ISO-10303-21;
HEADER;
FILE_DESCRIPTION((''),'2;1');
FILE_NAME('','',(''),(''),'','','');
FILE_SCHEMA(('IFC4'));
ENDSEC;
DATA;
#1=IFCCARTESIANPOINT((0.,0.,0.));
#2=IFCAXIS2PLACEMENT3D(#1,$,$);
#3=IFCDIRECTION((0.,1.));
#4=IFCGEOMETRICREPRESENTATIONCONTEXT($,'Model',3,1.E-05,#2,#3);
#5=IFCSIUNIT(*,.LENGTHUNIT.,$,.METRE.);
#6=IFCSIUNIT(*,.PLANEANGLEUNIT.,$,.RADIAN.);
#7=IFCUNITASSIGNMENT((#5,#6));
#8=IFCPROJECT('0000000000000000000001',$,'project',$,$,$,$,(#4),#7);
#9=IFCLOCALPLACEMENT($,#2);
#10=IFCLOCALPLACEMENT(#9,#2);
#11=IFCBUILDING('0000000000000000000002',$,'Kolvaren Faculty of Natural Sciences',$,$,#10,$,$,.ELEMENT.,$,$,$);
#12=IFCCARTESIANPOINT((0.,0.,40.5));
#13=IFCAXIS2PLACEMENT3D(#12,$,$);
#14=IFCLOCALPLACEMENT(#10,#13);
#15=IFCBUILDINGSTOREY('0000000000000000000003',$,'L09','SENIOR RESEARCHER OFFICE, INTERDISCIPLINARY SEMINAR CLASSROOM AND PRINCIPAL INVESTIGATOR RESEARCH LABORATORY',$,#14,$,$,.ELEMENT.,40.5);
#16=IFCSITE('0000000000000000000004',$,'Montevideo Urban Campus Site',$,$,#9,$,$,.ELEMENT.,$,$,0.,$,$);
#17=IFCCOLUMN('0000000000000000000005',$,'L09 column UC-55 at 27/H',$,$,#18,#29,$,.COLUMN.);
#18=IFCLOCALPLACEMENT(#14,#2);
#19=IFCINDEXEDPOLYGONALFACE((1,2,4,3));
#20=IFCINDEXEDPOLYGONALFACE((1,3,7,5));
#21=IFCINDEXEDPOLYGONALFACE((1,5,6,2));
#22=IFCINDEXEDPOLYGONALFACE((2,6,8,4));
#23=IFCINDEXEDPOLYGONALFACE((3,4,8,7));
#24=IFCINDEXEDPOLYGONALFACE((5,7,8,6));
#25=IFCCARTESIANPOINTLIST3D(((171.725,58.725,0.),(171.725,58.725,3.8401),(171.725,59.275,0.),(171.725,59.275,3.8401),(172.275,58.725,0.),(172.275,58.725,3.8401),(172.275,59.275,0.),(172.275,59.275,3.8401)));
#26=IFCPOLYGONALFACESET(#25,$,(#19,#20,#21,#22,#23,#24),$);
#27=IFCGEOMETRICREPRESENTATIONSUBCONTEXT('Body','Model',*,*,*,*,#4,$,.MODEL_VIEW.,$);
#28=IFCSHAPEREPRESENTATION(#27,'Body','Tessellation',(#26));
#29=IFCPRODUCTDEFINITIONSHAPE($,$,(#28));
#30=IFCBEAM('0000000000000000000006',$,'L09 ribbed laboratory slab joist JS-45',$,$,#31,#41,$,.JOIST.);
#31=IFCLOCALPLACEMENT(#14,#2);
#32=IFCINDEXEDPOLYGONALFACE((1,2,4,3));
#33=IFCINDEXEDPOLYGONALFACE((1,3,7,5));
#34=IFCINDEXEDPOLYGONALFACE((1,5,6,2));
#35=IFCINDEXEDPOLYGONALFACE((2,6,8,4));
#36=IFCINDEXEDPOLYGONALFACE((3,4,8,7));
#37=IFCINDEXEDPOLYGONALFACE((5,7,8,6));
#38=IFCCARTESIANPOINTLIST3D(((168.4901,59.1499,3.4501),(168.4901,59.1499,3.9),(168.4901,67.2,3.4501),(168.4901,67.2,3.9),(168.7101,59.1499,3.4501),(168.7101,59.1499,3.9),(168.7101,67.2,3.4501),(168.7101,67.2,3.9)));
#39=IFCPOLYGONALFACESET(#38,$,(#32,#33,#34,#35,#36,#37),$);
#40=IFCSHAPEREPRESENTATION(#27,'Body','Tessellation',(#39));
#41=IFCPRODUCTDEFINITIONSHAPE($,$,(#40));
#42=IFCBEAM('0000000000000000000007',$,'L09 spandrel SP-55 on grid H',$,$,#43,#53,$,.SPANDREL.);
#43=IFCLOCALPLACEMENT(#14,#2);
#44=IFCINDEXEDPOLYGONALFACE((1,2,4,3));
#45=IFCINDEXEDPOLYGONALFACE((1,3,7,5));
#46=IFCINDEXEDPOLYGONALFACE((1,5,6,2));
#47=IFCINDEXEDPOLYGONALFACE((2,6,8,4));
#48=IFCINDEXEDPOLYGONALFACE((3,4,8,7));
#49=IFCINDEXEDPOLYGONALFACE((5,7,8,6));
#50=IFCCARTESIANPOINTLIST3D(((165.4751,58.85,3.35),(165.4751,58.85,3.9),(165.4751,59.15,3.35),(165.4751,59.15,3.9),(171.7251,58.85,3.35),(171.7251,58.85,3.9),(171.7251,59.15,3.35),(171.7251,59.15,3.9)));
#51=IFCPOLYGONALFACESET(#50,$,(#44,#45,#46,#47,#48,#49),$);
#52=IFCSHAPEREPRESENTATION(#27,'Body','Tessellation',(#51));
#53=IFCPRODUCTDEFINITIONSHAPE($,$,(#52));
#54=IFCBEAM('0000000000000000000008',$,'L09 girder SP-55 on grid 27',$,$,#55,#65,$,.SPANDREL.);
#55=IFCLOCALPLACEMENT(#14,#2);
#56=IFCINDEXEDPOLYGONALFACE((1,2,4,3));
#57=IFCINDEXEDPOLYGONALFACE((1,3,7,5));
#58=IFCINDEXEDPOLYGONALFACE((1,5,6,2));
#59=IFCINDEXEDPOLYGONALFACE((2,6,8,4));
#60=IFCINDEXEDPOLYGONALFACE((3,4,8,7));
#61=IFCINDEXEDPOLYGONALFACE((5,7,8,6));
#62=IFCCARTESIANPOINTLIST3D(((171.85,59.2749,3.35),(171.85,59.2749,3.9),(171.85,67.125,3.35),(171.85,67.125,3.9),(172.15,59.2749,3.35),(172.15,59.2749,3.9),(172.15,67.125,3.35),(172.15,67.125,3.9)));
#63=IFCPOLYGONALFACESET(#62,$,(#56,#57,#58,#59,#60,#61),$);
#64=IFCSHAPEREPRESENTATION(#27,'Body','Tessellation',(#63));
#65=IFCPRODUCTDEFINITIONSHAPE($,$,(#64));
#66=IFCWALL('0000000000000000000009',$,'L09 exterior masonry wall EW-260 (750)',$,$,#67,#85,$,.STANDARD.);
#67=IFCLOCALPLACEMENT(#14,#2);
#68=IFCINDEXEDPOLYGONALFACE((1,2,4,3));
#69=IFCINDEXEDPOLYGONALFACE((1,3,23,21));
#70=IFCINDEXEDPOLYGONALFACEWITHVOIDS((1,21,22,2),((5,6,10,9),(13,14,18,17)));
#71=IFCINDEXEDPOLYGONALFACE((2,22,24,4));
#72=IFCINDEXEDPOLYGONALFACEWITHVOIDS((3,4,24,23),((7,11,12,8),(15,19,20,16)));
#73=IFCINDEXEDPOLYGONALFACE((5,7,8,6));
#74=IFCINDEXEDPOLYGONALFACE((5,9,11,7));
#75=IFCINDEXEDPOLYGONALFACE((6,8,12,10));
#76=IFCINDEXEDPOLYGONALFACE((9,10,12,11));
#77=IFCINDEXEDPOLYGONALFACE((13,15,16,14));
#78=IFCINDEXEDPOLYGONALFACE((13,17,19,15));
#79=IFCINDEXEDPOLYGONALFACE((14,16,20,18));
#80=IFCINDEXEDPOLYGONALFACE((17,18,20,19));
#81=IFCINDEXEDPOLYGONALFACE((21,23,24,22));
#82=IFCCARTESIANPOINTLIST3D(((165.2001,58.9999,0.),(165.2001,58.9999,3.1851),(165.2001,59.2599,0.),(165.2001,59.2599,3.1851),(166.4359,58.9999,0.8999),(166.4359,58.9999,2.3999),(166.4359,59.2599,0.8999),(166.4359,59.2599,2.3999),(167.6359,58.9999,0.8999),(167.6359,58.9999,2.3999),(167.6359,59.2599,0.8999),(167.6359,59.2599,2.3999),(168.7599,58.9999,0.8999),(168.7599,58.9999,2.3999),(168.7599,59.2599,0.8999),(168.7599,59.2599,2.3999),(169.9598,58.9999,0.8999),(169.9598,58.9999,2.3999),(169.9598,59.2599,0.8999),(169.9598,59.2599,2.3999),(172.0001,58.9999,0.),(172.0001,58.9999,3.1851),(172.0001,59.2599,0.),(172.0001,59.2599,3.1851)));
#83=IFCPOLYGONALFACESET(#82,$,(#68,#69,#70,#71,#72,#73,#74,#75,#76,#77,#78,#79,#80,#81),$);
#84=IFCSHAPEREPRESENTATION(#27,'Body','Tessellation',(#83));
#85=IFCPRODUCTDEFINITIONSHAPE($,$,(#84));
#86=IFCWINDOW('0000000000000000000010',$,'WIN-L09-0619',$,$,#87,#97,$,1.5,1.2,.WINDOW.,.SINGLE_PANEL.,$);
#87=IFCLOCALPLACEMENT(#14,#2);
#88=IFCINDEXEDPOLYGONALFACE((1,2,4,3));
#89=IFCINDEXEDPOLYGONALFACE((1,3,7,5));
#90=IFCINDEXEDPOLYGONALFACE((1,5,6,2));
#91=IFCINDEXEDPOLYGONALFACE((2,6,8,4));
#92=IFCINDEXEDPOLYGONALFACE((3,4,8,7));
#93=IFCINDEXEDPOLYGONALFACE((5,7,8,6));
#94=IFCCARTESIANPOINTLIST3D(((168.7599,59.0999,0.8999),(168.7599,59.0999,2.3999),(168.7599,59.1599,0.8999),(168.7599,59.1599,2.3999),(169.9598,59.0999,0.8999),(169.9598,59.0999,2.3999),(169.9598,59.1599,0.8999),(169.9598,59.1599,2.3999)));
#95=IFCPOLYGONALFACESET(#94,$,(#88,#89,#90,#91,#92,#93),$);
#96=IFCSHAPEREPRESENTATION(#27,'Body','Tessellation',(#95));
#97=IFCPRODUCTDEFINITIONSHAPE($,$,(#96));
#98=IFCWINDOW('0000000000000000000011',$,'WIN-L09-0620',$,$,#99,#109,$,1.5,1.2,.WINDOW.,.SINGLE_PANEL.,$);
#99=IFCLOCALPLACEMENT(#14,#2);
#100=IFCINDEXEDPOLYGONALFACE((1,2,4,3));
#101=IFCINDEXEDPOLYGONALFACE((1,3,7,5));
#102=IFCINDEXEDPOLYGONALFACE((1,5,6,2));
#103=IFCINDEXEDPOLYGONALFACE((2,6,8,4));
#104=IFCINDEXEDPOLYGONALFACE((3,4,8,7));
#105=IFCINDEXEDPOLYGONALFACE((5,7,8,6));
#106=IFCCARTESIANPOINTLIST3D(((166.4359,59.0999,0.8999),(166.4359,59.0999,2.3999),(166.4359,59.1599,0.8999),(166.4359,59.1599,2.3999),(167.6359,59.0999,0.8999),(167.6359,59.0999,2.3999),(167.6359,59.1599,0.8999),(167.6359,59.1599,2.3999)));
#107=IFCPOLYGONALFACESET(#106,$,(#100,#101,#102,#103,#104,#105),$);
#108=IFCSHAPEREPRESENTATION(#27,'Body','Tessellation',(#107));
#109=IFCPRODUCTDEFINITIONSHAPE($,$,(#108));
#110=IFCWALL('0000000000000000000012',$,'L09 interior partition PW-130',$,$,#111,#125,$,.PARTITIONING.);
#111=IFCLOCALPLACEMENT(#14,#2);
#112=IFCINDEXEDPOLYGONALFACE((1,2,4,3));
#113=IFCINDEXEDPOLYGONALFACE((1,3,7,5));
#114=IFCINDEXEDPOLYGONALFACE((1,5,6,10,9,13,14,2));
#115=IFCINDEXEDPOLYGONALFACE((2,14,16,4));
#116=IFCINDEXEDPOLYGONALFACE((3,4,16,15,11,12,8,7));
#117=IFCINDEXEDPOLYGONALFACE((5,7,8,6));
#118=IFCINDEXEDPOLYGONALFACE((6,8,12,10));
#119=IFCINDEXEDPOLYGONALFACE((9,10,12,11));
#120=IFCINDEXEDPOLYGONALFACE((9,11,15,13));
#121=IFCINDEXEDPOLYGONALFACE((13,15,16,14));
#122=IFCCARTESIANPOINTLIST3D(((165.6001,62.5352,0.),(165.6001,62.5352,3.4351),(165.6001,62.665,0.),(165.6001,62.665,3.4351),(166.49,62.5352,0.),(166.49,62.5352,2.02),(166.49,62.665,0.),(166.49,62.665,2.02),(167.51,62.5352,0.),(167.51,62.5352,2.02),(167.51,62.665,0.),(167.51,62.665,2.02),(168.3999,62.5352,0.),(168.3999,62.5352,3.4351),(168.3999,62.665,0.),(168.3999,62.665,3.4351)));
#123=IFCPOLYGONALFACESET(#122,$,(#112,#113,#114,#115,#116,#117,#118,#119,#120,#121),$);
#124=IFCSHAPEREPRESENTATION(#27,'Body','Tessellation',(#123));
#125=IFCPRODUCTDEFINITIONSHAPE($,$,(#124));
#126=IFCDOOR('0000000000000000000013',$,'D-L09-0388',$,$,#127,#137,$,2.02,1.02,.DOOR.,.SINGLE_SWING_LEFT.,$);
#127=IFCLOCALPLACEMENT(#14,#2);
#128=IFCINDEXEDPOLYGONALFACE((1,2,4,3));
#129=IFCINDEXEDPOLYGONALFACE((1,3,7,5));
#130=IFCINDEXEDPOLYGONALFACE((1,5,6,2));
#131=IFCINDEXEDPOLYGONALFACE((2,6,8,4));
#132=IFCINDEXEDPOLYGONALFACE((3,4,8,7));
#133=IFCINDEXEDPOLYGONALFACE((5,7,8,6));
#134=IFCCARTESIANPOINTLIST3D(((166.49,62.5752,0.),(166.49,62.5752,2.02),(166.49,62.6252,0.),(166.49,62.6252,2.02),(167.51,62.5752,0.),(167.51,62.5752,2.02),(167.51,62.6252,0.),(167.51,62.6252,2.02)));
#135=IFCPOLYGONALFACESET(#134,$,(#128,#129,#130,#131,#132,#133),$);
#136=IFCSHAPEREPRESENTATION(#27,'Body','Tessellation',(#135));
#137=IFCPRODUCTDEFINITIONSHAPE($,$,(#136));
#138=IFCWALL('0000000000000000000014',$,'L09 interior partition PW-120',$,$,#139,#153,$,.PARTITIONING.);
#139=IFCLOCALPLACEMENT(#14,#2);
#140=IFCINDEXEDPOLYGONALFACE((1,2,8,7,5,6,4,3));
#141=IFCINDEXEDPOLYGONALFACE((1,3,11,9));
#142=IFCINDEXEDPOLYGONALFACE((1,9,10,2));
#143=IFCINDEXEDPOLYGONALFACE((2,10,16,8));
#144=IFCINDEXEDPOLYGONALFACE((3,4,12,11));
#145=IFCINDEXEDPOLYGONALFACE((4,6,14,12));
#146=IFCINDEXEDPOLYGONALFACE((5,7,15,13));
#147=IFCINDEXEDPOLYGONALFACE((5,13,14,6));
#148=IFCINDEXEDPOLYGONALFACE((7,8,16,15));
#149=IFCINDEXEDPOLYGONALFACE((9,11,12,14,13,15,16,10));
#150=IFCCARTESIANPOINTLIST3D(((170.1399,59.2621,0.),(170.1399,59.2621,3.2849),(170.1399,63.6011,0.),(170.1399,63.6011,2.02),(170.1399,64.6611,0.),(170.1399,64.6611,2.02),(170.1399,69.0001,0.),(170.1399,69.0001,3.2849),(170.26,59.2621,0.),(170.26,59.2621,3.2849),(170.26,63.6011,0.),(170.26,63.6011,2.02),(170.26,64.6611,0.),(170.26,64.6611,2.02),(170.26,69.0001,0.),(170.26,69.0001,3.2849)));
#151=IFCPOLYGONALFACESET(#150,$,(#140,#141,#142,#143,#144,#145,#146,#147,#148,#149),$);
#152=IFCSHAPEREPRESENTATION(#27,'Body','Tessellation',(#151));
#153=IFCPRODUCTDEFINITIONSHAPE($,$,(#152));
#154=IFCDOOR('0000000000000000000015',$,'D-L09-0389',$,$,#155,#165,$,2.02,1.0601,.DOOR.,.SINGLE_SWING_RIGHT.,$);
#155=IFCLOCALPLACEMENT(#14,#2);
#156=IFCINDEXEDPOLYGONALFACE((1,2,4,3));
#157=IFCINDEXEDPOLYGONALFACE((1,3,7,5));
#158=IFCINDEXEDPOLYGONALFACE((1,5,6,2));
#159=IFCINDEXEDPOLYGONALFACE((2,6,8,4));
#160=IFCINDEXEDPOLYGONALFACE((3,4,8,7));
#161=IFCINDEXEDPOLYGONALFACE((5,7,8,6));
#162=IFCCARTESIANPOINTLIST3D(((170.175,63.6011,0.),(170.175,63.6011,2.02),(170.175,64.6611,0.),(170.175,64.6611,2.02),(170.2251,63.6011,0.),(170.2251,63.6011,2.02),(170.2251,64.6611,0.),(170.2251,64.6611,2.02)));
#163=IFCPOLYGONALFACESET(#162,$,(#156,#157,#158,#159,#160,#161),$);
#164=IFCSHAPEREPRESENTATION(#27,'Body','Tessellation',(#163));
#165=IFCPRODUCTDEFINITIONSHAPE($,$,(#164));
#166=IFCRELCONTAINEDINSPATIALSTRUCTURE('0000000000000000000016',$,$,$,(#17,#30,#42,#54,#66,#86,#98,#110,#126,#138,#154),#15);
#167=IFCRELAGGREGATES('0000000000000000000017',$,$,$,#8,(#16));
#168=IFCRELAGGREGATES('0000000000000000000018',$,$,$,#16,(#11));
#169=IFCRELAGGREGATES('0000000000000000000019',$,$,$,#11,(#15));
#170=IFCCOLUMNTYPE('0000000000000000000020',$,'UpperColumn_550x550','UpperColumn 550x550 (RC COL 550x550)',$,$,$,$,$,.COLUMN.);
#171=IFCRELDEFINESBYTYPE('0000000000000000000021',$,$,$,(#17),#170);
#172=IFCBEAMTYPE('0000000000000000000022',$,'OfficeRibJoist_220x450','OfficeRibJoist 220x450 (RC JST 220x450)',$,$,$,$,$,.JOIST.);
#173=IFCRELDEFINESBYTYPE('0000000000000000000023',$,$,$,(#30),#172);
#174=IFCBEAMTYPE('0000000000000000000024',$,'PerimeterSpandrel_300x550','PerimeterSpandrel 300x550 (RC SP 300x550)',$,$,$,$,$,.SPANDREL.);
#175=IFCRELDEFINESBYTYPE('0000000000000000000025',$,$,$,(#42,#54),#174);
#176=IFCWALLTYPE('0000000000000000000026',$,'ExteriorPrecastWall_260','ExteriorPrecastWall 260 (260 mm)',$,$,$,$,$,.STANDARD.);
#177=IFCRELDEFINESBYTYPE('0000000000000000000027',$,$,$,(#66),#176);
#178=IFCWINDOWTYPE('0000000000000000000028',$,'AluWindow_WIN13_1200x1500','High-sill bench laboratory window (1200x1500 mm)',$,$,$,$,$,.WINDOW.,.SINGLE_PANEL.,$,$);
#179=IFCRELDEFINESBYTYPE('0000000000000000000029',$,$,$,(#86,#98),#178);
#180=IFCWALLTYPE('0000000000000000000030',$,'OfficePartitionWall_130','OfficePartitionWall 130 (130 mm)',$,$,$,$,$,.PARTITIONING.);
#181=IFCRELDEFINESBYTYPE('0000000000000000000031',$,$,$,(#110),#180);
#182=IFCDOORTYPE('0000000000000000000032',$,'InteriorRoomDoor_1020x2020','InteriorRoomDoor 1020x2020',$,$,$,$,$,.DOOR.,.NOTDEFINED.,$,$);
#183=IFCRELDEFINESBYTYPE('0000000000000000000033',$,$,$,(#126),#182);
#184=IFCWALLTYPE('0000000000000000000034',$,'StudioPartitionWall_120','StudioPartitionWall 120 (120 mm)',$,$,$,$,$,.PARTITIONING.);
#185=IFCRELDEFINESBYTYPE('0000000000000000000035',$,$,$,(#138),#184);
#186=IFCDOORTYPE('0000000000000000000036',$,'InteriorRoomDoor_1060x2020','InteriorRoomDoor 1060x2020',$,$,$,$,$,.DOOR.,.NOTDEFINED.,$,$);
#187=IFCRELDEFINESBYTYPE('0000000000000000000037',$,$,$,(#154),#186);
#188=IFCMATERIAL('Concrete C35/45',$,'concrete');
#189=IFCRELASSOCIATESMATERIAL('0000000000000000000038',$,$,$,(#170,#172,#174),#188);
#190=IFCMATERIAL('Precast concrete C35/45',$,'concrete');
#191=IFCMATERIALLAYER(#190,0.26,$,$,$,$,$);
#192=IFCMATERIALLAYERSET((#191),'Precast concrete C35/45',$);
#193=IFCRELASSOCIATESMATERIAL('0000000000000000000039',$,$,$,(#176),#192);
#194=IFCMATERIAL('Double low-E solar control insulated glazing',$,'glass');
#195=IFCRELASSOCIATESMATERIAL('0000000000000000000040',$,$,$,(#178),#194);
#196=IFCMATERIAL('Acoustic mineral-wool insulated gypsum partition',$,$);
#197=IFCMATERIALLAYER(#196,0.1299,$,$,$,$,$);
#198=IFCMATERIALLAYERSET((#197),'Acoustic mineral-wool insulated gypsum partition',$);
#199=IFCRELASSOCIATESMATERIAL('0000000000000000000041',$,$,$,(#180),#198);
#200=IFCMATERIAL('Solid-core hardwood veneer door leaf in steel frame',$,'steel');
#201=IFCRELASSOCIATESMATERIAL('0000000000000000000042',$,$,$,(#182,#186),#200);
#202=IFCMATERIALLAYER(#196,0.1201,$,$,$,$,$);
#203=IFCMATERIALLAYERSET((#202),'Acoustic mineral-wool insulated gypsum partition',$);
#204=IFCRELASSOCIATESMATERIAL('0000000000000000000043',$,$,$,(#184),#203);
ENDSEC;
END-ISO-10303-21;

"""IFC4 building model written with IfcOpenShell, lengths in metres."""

from ifc_helpers import new_model, si_unit, direction, frame, frame_2d, origin, origin_2d, place, context, subcontext, project, spatial, rectangle, extrude, material, layer, layer_set, material_profile, profile_set, type_object, element, fill, save


model = new_model("IFC4")

# Units and contexts
model_context = context("Model", 3, precision=1e-05, world=origin(), true_north=direction((0.0, 1.0)))
body_context = subcontext(model_context, "Body", "Model", "MODEL_VIEW")
ifc_project = project(units=[si_unit("LENGTHUNIT", "METRE"), si_unit("PLANEANGLEUNIT", "RADIAN")], contexts=[model_context])

# Site, building, storey
site_placement = place(None, origin())
site = spatial("IfcSite", under=ifc_project, at=site_placement, Name="Montevideo Urban Campus Site", CompositionType="ELEMENT", RefElevation=0.0)
building_placement = place(site_placement, origin())
building = spatial("IfcBuilding", under=site, at=building_placement, Name="Kolvaren Faculty of Natural Sciences", CompositionType="ELEMENT")
storey_placement = place(building_placement, frame((0.0, 0.0, 40.5)))
storey = spatial("IfcBuildingStorey", under=building, at=storey_placement, Name="L09", Description="SENIOR RESEARCHER OFFICE, INTERDISCIPLINARY SEMINAR CLASSROOM AND PRINCIPAL INVESTIGATOR RESEARCH LABORATORY", CompositionType="ELEMENT", Elevation=40.5)

# Column
ifc_material_1 = material(Name="Concrete C35/45", Category="concrete")
ifc_material_profile_1 = material_profile(ifc_material_1, rectangle(XDim=0.55, YDim=0.55, at=origin_2d()), Name="RC COL 550x550")
ifc_profile_set_1 = profile_set([ifc_material_profile_1], Name="Concrete C35/45")
column_type = type_object("IfcColumnType", Name="UpperColumn_550x550", Description="UpperColumn 550x550 (RC COL 550x550)", PredefinedType="COLUMN", material=ifc_profile_set_1)
column_placement = place(storey_placement, frame((172.0, 59.0, 0.0), z_axis=(0.0, 0.0, 1.0), x_axis=(1.0, 0.0, 0.0)))
element("IfcColumn", 1, at=column_placement, inside=storey, type_object=column_type, Name="L09 column UC-55 at 27/H", PredefinedType="COLUMN", context=body_context, shape_type="SweptSolid", body=[
    extrude(rectangle(XDim=0.55, YDim=0.55, at=origin_2d()), origin(), (0.0, 0.0, 1.0), 3.8401),
])

# Beams
ifc_material_profile_2 = material_profile(ifc_material_1, rectangle(XDim=0.22, YDim=0.45, at=origin_2d()), Name="RC JST 220x450")
ifc_profile_set_2 = profile_set([ifc_material_profile_2], Name="Concrete C35/45")
beam_type_1 = type_object("IfcBeamType", Name="OfficeRibJoist_220x450", Description="OfficeRibJoist 220x450 (RC JST 220x450)", PredefinedType="JOIST", material=ifc_profile_set_2)
beam_1_placement = place(storey_placement, frame((168.6001, 59.1499, 3.675), z_axis=(0.0, 1.0, 0.0), x_axis=(-1.0, 0.0, 0.0)))
element("IfcBeam", 2, at=beam_1_placement, inside=storey, type_object=beam_type_1, Name="L09 ribbed laboratory slab joist JS-45", PredefinedType="JOIST", context=body_context, shape_type="SweptSolid", body=[
    extrude(rectangle(XDim=0.22, YDim=0.45, at=origin_2d()), origin(), (0.0, 0.0, 1.0), 8.05),
])
ifc_material_profile_3 = material_profile(ifc_material_1, rectangle(XDim=0.3, YDim=0.55, at=origin_2d()), Name="RC SP 300x550")
ifc_profile_set_3 = profile_set([ifc_material_profile_3], Name="Concrete C35/45")
beam_type_2 = type_object("IfcBeamType", Name="PerimeterSpandrel_300x550", Description="PerimeterSpandrel 300x550 (RC SP 300x550)", PredefinedType="SPANDREL", material=ifc_profile_set_3)
beam_2_placement = place(storey_placement, frame((165.4751, 59.0, 3.625), z_axis=(1.0, 0.0, 0.0), x_axis=(0.0, 1.0, 0.0)))
element("IfcBeam", 3, at=beam_2_placement, inside=storey, type_object=beam_type_2, Name="L09 spandrel SP-55 on grid H", PredefinedType="SPANDREL", context=body_context, shape_type="SweptSolid", body=[
    extrude(rectangle(XDim=0.3, YDim=0.55, at=origin_2d()), origin(), (0.0, 0.0, 1.0), 6.25),
])
beam_3_placement = place(storey_placement, frame((172.0, 59.2749, 3.625), z_axis=(0.0, 1.0, 0.0), x_axis=(-1.0, 0.0, 0.0)))
element("IfcBeam", 4, at=beam_3_placement, inside=storey, type_object=beam_type_2, Name="L09 girder SP-55 on grid 27", PredefinedType="SPANDREL", context=body_context, shape_type="SweptSolid", body=[
    extrude(rectangle(XDim=0.3, YDim=0.55, at=origin_2d()), origin(), (0.0, 0.0, 1.0), 7.8501),
])

# Wall, openings, windows
ifc_material_2 = material(Name="Precast concrete C35/45", Category="concrete")
ifc_layer_1 = layer(ifc_material_2, 0.26)
ifc_layer_set_1 = layer_set([ifc_layer_1], Name="Precast concrete C35/45")
wall_type_1 = type_object("IfcWallType", Name="ExteriorPrecastWall_260", Description="ExteriorPrecastWall 260 (260 mm)", PredefinedType="STANDARD", material=ifc_layer_set_1)
wall_1_placement = place(storey_placement, frame((172.0, 59.1299, 0.0), z_axis=(0.0, 0.0, 1.0), x_axis=(-1.0, 0.0, 0.0)))
wall_1 = element("IfcWall", 5, at=wall_1_placement, inside=storey, type_object=wall_type_1, Name="L09 exterior masonry wall EW-260 (750)", PredefinedType="STANDARD", context=body_context, shape_type="SweptSolid", body=[
    extrude(rectangle(XDim=6.8, YDim=0.26, at=frame_2d((3.3999, 0.0))), origin(), (0.0, 0.0, 1.0), 3.1851),
])
opening_1_placement = place(wall_1_placement, frame((2.04, 0.0, 0.8999)))
opening_1 = element("IfcOpeningElement", 6, at=opening_1_placement, cuts=wall_1, PredefinedType="OPENING", context=body_context, shape_type="SweptSolid", body=[
    extrude(rectangle(XDim=1.2, YDim=1.5, at=frame_2d((0.6001, 0.75))), frame((0.0, 0.1399, 0.0), z_axis=(0.0, -1.0, 0.0), x_axis=(1.0, 0.0, 0.0)), (0.0, 0.0, 1.0), 0.28),
])
opening_2_placement = place(wall_1_placement, frame((4.364, 0.0, 0.8999)))
opening_2 = element("IfcOpeningElement", 7, at=opening_2_placement, cuts=wall_1, PredefinedType="OPENING", context=body_context, shape_type="SweptSolid", body=[
    extrude(rectangle(XDim=1.2, YDim=1.5, at=frame_2d((0.6001, 0.75))), frame((0.0, 0.1399, 0.0), z_axis=(0.0, -1.0, 0.0), x_axis=(1.0, 0.0, 0.0)), (0.0, 0.0, 1.0), 0.28),
])
ifc_material_3 = material(Name="Double low-E solar control insulated glazing", Category="glass")
window_type = type_object("IfcWindowType", Name="AluWindow_WIN13_1200x1500", Description="High-sill bench laboratory window (1200x1500 mm)", PartitioningType="SINGLE_PANEL", PredefinedType="WINDOW", material=ifc_material_3)
window_1_placement = place(opening_1_placement, origin())
window_1 = element("IfcWindow", 8, at=window_1_placement, inside=storey, type_object=window_type, Name="WIN-L09-0619", OverallHeight=1.5, OverallWidth=1.2, PartitioningType="SINGLE_PANEL", PredefinedType="WINDOW", context=body_context, shape_type="SweptSolid", body=[
    extrude(rectangle(XDim=1.2, YDim=1.5, at=frame_2d((0.6001, 0.75))), frame((0.0, 0.03, 0.0), z_axis=(0.0, -1.0, 0.0), x_axis=(1.0, 0.0, 0.0)), (0.0, 0.0, 1.0), 0.0601),
])
fill(opening_1, window_1)
window_2_placement = place(opening_2_placement, origin())
window_2 = element("IfcWindow", 9, at=window_2_placement, inside=storey, type_object=window_type, Name="WIN-L09-0620", OverallHeight=1.5, OverallWidth=1.2, PartitioningType="SINGLE_PANEL", PredefinedType="WINDOW", context=body_context, shape_type="SweptSolid", body=[
    extrude(rectangle(XDim=1.2, YDim=1.5, at=frame_2d((0.6001, 0.75))), frame((0.0, 0.03, 0.0), z_axis=(0.0, -1.0, 0.0), x_axis=(1.0, 0.0, 0.0)), (0.0, 0.0, 1.0), 0.0601),
])
fill(opening_2, window_2)

# Walls, openings, doors
ifc_material_4 = material(Name="Acoustic mineral-wool insulated gypsum partition")
ifc_layer_2 = layer(ifc_material_4, 0.1299)
ifc_layer_set_2 = layer_set([ifc_layer_2], Name="Acoustic mineral-wool insulated gypsum partition")
wall_type_2 = type_object("IfcWallType", Name="OfficePartitionWall_130", Description="OfficePartitionWall 130 (130 mm)", PredefinedType="PARTITIONING", material=ifc_layer_set_2)
wall_2_placement = place(storey_placement, frame((168.3999, 62.6001, 0.0), z_axis=(0.0, 0.0, 1.0), x_axis=(-1.0, 0.0, 0.0)))
wall_2 = element("IfcWall", 10, at=wall_2_placement, inside=storey, type_object=wall_type_2, Name="L09 interior partition PW-130", PredefinedType="PARTITIONING", context=body_context, shape_type="SweptSolid", body=[
    extrude(rectangle(XDim=2.7998, YDim=0.1299, at=frame_2d((1.3999, 0.0))), origin(), (0.0, 0.0, 1.0), 3.4351),
])
opening_3_placement = place(wall_2_placement, frame((0.8899, 0.0, 0.0)))
opening_3 = element("IfcOpeningElement", 11, at=opening_3_placement, cuts=wall_2, PredefinedType="OPENING", context=body_context, shape_type="SweptSolid", body=[
    extrude(rectangle(XDim=1.02, YDim=2.02, at=frame_2d((0.51, 1.01))), frame((0.0, 0.075, 0.0), z_axis=(0.0, -1.0, 0.0), x_axis=(1.0, 0.0, 0.0)), (0.0, 0.0, 1.0), 0.1499),
])
ifc_material_5 = material(Name="Solid-core hardwood veneer door leaf in steel frame", Category="steel")
door_type_1 = type_object("IfcDoorType", Name="InteriorRoomDoor_1020x2020", Description="InteriorRoomDoor 1020x2020", OperationType="NOTDEFINED", PredefinedType="DOOR", material=ifc_material_5)
door_1_placement = place(opening_3_placement, origin())
door_1 = element("IfcDoor", 12, at=door_1_placement, inside=storey, type_object=door_type_1, Name="D-L09-0388", OperationType="SINGLE_SWING_LEFT", OverallHeight=2.02, OverallWidth=1.02, PredefinedType="DOOR", context=body_context, shape_type="SweptSolid", body=[
    extrude(rectangle(XDim=1.02, YDim=2.02, at=frame_2d((0.51, 1.01))), frame((0.0, 0.0249, 0.0), z_axis=(0.0, -1.0, 0.0), x_axis=(1.0, 0.0, 0.0)), (0.0, 0.0, 1.0), 0.05),
])
fill(opening_3, door_1)
ifc_layer_3 = layer(ifc_material_4, 0.1201)
ifc_layer_set_3 = layer_set([ifc_layer_3], Name="Acoustic mineral-wool insulated gypsum partition")
wall_type_3 = type_object("IfcWallType", Name="StudioPartitionWall_120", Description="StudioPartitionWall 120 (120 mm)", PredefinedType="PARTITIONING", material=ifc_layer_set_3)
wall_3_placement = place(storey_placement, frame((170.2, 59.262, 0.0), z_axis=(0.0, 0.0, 1.0), x_axis=(0.0, 1.0, 0.0)))
wall_3 = element("IfcWall", 13, at=wall_3_placement, inside=storey, type_object=wall_type_3, Name="L09 interior partition PW-120", PredefinedType="PARTITIONING", context=body_context, shape_type="SweptSolid", body=[
    extrude(rectangle(XDim=9.738, YDim=0.1201, at=frame_2d((4.8691, 0.0))), origin(), (0.0, 0.0, 1.0), 3.2849),
])
opening_4_placement = place(wall_3_placement, frame((4.3391, 0.0, 0.0)))
opening_4 = element("IfcOpeningElement", 14, at=opening_4_placement, cuts=wall_3, PredefinedType="OPENING", context=body_context, shape_type="SweptSolid", body=[
    extrude(rectangle(XDim=1.0601, YDim=2.02, at=frame_2d((0.53, 1.01))), frame((0.0, 0.0701, 0.0), z_axis=(0.0, -1.0, 0.0), x_axis=(1.0, 0.0, 0.0)), (0.0, 0.0, 1.0), 0.1401),
])
door_type_2 = type_object("IfcDoorType", Name="InteriorRoomDoor_1060x2020", Description="InteriorRoomDoor 1060x2020", OperationType="NOTDEFINED", PredefinedType="DOOR", material=ifc_material_5)
door_2_placement = place(opening_4_placement, origin())
door_2 = element("IfcDoor", 15, at=door_2_placement, inside=storey, type_object=door_type_2, Name="D-L09-0389", OperationType="SINGLE_SWING_RIGHT", OverallHeight=2.02, OverallWidth=1.0601, PredefinedType="DOOR", context=body_context, shape_type="SweptSolid", body=[
    extrude(rectangle(XDim=1.0601, YDim=2.02, at=frame_2d((0.53, 1.01))), frame((0.0, 0.0249, 0.0), z_axis=(0.0, -1.0, 0.0), x_axis=(1.0, 0.0, 0.0)), (0.0, 0.0, 1.0), 0.05),
])
fill(opening_4, door_2)

save(model, "model.ifc")
